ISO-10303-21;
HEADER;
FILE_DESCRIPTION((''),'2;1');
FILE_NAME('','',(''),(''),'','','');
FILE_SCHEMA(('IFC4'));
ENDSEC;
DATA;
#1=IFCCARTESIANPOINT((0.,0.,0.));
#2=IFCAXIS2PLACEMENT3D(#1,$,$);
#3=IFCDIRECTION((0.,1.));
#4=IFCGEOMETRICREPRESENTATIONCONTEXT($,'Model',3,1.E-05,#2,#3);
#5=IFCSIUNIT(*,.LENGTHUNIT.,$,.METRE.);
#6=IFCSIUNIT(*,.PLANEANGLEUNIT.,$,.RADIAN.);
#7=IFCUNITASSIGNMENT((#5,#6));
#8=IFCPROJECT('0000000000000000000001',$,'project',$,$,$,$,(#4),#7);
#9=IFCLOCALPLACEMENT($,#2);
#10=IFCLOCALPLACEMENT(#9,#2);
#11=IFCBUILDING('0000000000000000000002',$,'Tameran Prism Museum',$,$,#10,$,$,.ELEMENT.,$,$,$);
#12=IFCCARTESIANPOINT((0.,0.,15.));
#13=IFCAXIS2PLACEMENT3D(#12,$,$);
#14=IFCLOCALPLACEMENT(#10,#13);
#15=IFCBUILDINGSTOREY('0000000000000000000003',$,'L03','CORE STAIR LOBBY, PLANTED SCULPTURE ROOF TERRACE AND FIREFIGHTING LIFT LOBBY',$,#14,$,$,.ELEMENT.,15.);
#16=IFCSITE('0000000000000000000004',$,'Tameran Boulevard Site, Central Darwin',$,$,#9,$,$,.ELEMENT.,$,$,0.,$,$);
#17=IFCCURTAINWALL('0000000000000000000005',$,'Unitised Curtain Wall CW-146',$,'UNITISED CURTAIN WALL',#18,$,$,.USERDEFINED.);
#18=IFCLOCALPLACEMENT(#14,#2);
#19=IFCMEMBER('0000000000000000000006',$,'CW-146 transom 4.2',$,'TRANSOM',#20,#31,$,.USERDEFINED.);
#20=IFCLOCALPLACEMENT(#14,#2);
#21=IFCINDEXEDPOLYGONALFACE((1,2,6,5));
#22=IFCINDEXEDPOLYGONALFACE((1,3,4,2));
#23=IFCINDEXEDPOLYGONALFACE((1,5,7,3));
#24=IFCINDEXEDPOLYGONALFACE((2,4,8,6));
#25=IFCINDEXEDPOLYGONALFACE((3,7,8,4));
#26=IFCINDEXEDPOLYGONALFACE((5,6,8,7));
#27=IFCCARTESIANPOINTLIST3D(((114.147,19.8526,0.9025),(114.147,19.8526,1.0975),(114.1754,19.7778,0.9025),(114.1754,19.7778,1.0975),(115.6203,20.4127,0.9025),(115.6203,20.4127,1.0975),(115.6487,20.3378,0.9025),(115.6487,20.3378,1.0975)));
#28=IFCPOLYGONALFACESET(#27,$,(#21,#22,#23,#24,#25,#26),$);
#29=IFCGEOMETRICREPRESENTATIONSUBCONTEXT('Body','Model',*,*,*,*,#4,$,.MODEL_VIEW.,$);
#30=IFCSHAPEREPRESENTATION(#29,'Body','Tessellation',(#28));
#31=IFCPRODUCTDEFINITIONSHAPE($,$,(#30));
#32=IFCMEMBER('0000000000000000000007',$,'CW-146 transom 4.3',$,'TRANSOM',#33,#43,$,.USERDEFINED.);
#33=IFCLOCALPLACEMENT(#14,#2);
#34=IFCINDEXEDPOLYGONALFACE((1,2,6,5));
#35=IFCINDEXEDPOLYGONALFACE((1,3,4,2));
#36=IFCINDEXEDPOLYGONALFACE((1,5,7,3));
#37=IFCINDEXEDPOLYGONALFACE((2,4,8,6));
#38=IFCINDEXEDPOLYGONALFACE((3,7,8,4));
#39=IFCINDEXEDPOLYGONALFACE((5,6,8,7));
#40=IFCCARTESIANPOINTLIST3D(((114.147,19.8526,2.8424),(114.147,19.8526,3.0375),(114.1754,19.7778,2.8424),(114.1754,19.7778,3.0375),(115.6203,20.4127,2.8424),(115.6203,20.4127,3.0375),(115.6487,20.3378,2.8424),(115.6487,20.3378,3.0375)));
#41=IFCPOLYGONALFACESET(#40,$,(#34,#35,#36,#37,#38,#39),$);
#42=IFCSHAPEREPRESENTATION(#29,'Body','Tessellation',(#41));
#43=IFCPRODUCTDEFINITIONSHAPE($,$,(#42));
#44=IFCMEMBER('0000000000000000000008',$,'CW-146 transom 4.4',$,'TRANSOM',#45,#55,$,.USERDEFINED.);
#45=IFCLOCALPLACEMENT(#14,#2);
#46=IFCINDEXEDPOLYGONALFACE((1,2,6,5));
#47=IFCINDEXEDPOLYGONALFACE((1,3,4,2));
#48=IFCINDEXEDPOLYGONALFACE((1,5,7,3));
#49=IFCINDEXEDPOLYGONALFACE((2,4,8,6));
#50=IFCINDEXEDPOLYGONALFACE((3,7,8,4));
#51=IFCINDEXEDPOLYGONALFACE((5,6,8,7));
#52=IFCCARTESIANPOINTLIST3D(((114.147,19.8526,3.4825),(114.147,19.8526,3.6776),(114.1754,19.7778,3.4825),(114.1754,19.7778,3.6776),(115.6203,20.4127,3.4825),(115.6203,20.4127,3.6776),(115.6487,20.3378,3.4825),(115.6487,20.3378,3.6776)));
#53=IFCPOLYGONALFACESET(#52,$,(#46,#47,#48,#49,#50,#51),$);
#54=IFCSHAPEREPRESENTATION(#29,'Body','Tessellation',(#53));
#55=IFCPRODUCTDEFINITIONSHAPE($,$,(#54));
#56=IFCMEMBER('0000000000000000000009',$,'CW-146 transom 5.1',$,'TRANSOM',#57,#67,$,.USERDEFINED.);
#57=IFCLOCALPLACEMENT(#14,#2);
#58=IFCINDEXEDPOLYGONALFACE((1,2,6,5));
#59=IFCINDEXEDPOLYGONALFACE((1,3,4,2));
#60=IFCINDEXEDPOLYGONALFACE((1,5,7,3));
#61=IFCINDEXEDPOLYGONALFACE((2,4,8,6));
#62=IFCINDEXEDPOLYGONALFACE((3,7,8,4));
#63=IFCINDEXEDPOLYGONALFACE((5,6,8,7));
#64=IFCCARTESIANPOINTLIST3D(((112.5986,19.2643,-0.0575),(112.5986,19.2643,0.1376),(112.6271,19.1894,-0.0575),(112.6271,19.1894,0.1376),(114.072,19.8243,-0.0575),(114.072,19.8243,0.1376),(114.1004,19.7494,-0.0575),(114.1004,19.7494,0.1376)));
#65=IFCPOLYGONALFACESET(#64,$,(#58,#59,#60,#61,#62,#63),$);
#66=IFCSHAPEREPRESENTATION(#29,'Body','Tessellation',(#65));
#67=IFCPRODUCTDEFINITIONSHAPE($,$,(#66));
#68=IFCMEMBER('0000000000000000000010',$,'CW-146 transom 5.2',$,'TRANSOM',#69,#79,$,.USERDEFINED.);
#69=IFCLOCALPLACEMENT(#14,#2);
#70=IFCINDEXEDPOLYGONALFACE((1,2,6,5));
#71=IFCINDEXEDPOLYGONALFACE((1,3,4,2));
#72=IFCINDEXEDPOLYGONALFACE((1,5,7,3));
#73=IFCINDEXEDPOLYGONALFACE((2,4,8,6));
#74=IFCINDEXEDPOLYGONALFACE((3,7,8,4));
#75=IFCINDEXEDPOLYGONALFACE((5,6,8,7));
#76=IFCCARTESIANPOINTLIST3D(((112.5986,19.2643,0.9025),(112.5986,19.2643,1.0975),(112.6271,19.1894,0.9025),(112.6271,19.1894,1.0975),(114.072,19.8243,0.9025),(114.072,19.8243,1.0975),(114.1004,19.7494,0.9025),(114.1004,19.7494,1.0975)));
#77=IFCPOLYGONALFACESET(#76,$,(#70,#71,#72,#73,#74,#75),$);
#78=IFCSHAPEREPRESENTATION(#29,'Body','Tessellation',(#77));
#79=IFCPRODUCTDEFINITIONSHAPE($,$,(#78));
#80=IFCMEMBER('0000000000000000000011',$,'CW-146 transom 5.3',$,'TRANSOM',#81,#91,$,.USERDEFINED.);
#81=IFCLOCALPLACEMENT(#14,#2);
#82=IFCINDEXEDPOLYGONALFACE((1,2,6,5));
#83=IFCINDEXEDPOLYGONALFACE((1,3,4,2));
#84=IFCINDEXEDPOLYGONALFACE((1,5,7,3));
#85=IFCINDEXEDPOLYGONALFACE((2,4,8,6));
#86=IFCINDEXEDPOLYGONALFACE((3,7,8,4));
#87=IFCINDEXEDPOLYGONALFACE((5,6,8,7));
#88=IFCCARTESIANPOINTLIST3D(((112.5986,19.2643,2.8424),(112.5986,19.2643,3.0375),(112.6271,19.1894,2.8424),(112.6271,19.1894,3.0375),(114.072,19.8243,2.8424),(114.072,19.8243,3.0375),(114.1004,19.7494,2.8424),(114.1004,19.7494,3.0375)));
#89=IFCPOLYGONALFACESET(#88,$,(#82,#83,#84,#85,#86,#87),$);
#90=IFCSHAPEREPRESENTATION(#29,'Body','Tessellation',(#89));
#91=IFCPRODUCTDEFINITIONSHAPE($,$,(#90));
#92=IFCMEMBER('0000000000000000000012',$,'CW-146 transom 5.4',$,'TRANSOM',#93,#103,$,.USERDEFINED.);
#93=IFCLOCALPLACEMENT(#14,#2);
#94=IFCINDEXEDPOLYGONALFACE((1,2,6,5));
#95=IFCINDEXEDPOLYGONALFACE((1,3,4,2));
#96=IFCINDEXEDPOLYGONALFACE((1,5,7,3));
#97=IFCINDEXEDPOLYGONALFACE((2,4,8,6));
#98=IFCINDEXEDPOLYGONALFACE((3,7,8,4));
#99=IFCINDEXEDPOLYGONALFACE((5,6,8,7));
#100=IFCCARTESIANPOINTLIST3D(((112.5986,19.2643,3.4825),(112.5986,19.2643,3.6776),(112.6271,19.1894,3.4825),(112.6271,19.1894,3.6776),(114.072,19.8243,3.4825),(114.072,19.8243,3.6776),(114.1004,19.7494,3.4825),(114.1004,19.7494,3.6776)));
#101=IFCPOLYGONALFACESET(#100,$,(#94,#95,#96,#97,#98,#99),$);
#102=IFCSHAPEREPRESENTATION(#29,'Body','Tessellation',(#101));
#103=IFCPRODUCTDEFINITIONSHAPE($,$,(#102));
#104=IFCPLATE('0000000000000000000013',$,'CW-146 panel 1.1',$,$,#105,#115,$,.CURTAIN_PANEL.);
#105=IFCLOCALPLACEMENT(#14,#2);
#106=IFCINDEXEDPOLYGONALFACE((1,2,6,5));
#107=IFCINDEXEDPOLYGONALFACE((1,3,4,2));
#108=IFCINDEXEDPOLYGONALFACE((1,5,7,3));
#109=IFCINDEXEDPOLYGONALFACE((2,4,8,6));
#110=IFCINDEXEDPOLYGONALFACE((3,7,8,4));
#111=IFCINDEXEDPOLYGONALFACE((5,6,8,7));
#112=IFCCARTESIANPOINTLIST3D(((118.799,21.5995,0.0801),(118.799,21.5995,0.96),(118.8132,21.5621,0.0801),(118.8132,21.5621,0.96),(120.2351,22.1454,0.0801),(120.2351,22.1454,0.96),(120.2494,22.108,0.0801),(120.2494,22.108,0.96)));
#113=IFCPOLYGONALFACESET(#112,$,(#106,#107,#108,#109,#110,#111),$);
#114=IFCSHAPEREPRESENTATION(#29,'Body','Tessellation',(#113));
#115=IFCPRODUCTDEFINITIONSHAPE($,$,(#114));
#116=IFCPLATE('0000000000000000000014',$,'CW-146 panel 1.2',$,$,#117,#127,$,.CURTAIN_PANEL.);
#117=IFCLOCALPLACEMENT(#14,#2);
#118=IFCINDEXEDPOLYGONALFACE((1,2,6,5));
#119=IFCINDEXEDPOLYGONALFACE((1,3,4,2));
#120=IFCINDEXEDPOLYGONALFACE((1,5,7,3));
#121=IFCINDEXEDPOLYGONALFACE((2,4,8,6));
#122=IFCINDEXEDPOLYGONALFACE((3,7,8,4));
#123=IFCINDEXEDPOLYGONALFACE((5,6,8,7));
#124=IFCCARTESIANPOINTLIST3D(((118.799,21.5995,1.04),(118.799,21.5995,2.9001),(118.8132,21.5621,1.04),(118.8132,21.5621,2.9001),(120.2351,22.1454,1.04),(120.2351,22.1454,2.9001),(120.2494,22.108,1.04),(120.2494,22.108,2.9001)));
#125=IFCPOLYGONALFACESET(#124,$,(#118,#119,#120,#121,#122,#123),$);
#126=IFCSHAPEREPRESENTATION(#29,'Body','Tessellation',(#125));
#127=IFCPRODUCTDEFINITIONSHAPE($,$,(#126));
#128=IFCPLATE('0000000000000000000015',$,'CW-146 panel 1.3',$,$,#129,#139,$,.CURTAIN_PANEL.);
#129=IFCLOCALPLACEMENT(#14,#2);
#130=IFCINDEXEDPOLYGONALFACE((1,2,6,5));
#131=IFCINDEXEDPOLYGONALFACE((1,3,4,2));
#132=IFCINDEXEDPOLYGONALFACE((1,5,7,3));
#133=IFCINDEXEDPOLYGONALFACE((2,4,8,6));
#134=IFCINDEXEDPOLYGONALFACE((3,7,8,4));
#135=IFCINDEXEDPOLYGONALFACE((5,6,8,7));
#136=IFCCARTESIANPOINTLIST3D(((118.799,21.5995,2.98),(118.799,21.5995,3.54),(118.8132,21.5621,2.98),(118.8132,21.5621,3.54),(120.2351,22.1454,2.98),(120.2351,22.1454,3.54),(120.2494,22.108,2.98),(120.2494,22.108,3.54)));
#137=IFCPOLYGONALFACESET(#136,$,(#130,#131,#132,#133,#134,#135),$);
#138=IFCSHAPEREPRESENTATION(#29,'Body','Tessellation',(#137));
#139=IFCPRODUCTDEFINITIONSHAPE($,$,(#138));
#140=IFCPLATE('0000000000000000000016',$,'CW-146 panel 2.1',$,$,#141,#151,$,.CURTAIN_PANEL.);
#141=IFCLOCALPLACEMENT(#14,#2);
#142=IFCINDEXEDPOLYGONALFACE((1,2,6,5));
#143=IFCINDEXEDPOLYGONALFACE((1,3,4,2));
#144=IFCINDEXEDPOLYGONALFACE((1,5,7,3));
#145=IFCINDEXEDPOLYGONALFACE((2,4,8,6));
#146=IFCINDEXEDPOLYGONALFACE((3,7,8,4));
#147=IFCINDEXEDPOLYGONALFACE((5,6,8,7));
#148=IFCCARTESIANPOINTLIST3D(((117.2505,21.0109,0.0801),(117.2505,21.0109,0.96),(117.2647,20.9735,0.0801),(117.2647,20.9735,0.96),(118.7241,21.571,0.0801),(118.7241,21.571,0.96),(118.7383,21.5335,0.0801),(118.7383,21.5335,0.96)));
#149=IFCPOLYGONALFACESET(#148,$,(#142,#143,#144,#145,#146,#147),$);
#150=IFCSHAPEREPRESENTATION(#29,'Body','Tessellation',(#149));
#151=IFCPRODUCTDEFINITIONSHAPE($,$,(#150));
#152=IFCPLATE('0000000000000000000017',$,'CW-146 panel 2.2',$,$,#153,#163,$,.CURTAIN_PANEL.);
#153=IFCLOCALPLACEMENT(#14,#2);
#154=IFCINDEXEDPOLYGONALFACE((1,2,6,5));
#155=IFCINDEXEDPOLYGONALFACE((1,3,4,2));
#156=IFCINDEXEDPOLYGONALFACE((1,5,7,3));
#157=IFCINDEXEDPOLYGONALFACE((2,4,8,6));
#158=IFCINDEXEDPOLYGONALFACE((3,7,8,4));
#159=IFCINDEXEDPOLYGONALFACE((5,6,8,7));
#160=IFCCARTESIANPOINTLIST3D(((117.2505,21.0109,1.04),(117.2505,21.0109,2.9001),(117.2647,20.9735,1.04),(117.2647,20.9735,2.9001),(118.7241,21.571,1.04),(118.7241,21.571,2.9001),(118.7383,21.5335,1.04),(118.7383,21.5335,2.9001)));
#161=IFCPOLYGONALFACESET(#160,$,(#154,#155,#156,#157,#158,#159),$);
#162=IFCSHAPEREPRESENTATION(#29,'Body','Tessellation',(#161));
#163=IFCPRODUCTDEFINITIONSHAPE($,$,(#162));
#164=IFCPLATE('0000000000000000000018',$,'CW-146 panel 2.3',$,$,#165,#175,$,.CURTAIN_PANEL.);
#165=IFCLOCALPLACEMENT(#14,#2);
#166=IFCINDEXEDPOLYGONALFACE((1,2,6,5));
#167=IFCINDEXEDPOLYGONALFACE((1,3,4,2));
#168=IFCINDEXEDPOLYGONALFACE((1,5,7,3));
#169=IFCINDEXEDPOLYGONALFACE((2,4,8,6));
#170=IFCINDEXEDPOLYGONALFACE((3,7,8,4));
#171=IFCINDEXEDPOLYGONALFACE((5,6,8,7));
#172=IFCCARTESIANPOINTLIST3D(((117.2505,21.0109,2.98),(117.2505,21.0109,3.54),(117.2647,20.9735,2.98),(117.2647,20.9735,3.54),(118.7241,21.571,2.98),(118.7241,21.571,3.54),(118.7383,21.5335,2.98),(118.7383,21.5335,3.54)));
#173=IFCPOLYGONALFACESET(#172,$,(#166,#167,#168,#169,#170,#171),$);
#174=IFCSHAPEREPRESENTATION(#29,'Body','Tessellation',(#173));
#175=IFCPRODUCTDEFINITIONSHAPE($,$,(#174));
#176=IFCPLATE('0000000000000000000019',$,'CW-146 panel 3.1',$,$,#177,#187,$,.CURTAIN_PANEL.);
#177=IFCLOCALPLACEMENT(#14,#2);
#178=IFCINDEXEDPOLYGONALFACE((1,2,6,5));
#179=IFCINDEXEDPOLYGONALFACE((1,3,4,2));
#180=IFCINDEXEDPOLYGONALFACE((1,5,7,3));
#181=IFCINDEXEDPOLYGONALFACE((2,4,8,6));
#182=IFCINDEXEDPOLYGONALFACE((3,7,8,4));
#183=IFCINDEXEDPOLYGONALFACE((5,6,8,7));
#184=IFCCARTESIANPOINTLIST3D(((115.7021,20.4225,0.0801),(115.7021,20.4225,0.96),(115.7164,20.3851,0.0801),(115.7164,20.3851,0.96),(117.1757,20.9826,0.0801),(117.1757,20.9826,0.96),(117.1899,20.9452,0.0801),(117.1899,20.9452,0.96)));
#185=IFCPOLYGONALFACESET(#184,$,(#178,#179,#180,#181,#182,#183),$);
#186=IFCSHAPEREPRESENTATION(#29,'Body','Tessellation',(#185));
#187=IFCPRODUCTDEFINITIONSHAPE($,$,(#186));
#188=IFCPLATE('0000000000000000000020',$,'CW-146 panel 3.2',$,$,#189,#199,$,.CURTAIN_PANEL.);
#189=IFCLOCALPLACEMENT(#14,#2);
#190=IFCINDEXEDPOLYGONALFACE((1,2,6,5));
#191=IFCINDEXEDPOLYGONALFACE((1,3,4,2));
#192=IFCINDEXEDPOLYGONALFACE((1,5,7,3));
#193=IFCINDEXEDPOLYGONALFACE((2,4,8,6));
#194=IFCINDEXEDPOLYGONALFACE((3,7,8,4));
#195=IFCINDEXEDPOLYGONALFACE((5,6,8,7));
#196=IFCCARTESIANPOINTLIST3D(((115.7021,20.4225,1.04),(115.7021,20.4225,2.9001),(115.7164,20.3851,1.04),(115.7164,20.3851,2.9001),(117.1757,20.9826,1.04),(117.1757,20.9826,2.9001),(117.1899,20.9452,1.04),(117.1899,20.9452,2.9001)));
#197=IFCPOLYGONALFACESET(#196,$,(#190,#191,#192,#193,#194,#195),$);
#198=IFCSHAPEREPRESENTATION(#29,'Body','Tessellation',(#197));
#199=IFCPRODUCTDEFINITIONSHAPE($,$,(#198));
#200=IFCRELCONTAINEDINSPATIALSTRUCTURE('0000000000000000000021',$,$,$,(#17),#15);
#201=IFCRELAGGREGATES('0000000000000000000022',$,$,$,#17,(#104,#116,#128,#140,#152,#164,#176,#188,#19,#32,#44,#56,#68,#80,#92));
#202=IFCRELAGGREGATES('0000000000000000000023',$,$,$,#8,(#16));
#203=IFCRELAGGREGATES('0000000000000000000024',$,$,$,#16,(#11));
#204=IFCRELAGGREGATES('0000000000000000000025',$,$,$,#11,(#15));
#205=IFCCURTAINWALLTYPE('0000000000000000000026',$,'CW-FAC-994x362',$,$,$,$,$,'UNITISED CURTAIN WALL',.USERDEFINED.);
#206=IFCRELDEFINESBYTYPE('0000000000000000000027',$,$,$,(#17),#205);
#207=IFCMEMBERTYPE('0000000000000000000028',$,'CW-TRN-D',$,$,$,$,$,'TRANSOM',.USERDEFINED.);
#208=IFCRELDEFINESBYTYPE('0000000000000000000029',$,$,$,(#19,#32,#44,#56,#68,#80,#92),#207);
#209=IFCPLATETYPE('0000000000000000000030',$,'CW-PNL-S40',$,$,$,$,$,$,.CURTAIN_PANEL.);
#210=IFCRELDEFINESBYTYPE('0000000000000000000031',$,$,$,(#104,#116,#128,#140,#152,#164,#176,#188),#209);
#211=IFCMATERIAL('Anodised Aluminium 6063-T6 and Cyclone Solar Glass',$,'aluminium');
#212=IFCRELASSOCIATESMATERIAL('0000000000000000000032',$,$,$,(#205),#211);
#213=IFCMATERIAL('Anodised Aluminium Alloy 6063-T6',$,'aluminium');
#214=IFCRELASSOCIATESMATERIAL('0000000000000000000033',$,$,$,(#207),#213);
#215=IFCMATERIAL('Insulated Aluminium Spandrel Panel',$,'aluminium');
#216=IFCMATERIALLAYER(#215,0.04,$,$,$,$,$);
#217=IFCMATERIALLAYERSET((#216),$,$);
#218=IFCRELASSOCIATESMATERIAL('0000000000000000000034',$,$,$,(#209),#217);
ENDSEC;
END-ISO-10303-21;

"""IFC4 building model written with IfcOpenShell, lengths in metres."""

from ifc_helpers import new_model, si_unit, direction, frame, origin, origin_2d, place, context, subcontext, project, spatial, rectangle, extrude, material, layer, layer_set, material_profile, profile_set, type_object, element, aggregate, save


model = new_model("IFC4")

# Units and contexts
model_context = context("Model", 3, precision=1e-05, world=origin(), true_north=direction((0.0, 1.0)))
body_context = subcontext(model_context, "Body", "Model", "MODEL_VIEW")
ifc_project = project(units=[si_unit("LENGTHUNIT", "METRE"), si_unit("PLANEANGLEUNIT", "RADIAN")], contexts=[model_context])

# Site, building, storey
site_placement = place(None, origin())
site = spatial("IfcSite", under=ifc_project, at=site_placement, Name="Tameran Boulevard Site, Central Darwin", CompositionType="ELEMENT", RefElevation=0.0)
building_placement = place(site_placement, origin())
building = spatial("IfcBuilding", under=site, at=building_placement, Name="Tameran Prism Museum", CompositionType="ELEMENT")
storey_placement = place(building_placement, frame((0.0, 0.0, 15.0)))
storey = spatial("IfcBuildingStorey", under=building, at=storey_placement, Name="L03", Description="CORE STAIR LOBBY, PLANTED SCULPTURE ROOF TERRACE AND FIREFIGHTING LIFT LOBBY", CompositionType="ELEMENT", Elevation=15.0)

# Curtain wall, members, plates
ifc_material_1 = material(Name="Anodised Aluminium 6063-T6 and Cyclone Solar Glass", Category="aluminium")
curtain_wall_type = type_object("IfcCurtainWallType", Name="CW-FAC-994x362", ElementType="UNITISED CURTAIN WALL", PredefinedType="USERDEFINED", material=ifc_material_1)
curtain_wall_placement = place(storey_placement, origin())
curtain_wall = element("IfcCurtainWall", 1, at=curtain_wall_placement, inside=storey, type_object=curtain_wall_type, Name="Unitised Curtain Wall CW-146", ObjectType="UNITISED CURTAIN WALL", PredefinedType="USERDEFINED")
ifc_material_2 = material(Name="Anodised Aluminium Alloy 6063-T6", Category="aluminium")
ifc_material_profile_1 = material_profile(ifc_material_2, rectangle(XDim=0.0801, YDim=0.1951, at=origin_2d()))
ifc_profile_set_1 = profile_set([ifc_material_profile_1])
member_type_1 = type_object("IfcMemberType", Name="CW-TRN-D", ElementType="TRANSOM", PredefinedType="USERDEFINED", material=ifc_profile_set_1)
member_1_placement = place(storey_placement, frame((115.6345, 20.3752, 1.0), z_axis=(-0.934748, -0.355312, 0.0), x_axis=(0.355312, -0.934748, 0.0)))
member_1 = element("IfcMember", 2, at=member_1_placement, type_object=member_type_1, Name="CW-146 transom 4.2", ObjectType="TRANSOM", PredefinedType="USERDEFINED", context=body_context, shape_type="SweptSolid", body=[
    extrude(rectangle(XDim=0.0801, YDim=0.1951, at=origin_2d()), origin(), (0.0, 0.0, 1.0), 1.5762),
])
member_2_placement = place(storey_placement, frame((115.6345, 20.3752, 2.9399), z_axis=(-0.934748, -0.355312, 0.0), x_axis=(0.355312, -0.934748, 0.0)))
member_2 = element("IfcMember", 3, at=member_2_placement, type_object=member_type_1, Name="CW-146 transom 4.3", ObjectType="TRANSOM", PredefinedType="USERDEFINED", context=body_context, shape_type="SweptSolid", body=[
    extrude(rectangle(XDim=0.0801, YDim=0.1951, at=origin_2d()), origin(), (0.0, 0.0, 1.0), 1.5762),
])
member_3_placement = place(storey_placement, frame((115.6345, 20.3752, 3.5801), z_axis=(-0.934748, -0.355312, 0.0), x_axis=(0.355312, -0.934748, 0.0)))
member_3 = element("IfcMember", 4, at=member_3_placement, type_object=member_type_1, Name="CW-146 transom 4.4", ObjectType="TRANSOM", PredefinedType="USERDEFINED", context=body_context, shape_type="SweptSolid", body=[
    extrude(rectangle(XDim=0.0801, YDim=0.1951, at=origin_2d()), origin(), (0.0, 0.0, 1.0), 1.5762),
])
member_4_placement = place(storey_placement, frame((114.0862, 19.7869, 0.04), z_axis=(-0.934748, -0.355312, 0.0), x_axis=(0.355312, -0.934748, 0.0)))
member_4 = element("IfcMember", 5, at=member_4_placement, type_object=member_type_1, Name="CW-146 transom 5.1", ObjectType="TRANSOM", PredefinedType="USERDEFINED", context=body_context, shape_type="SweptSolid", body=[
    extrude(rectangle(XDim=0.0801, YDim=0.1951, at=origin_2d()), origin(), (0.0, 0.0, 1.0), 1.5762),
])
member_5_placement = place(storey_placement, frame((114.0862, 19.7869, 1.0), z_axis=(-0.934748, -0.355312, 0.0), x_axis=(0.355312, -0.934748, 0.0)))
member_5 = element("IfcMember", 6, at=member_5_placement, type_object=member_type_1, Name="CW-146 transom 5.2", ObjectType="TRANSOM", PredefinedType="USERDEFINED", context=body_context, shape_type="SweptSolid", body=[
    extrude(rectangle(XDim=0.0801, YDim=0.1951, at=origin_2d()), origin(), (0.0, 0.0, 1.0), 1.5762),
])
member_6_placement = place(storey_placement, frame((114.0862, 19.7869, 2.9399), z_axis=(-0.934748, -0.355312, 0.0), x_axis=(0.355312, -0.934748, 0.0)))
member_6 = element("IfcMember", 7, at=member_6_placement, type_object=member_type_1, Name="CW-146 transom 5.3", ObjectType="TRANSOM", PredefinedType="USERDEFINED", context=body_context, shape_type="SweptSolid", body=[
    extrude(rectangle(XDim=0.0801, YDim=0.1951, at=origin_2d()), origin(), (0.0, 0.0, 1.0), 1.5762),
])
member_7_placement = place(storey_placement, frame((114.0862, 19.7869, 3.5801), z_axis=(-0.934748, -0.355312, 0.0), x_axis=(0.355312, -0.934748, 0.0)))
member_7 = element("IfcMember", 8, at=member_7_placement, type_object=member_type_1, Name="CW-146 transom 5.4", ObjectType="TRANSOM", PredefinedType="USERDEFINED", context=body_context, shape_type="SweptSolid", body=[
    extrude(rectangle(XDim=0.0801, YDim=0.1951, at=origin_2d()), origin(), (0.0, 0.0, 1.0), 1.5762),
])
ifc_material_3 = material(Name="Insulated Aluminium Spandrel Panel", Category="aluminium")
ifc_layer_1 = layer(ifc_material_3, 0.04)
ifc_layer_set_1 = layer_set([ifc_layer_1])
plate_type = type_object("IfcPlateType", Name="CW-PNL-S40", PredefinedType="CURTAIN_PANEL", material=ifc_layer_set_1)
plate_1_placement = place(storey_placement, frame((119.5242, 21.8538, 0.0801), z_axis=(0.0, 0.0, 1.0), x_axis=(-0.934757, -0.355288, 0.0)))
plate_1 = element("IfcPlate", 9, at=plate_1_placement, type_object=plate_type, Name="CW-146 panel 1.1", PredefinedType="CURTAIN_PANEL", context=body_context, shape_type="SweptSolid", body=[
    extrude(rectangle(XDim=1.5364, YDim=0.04, at=origin_2d()), origin(), (0.0, 0.0, 1.0), 0.8799),
])
plate_2_placement = place(storey_placement, frame((119.5242, 21.8538, 1.04), z_axis=(0.0, 0.0, 1.0), x_axis=(-0.934757, -0.355288, 0.0)))
plate_2 = element("IfcPlate", 10, at=plate_2_placement, type_object=plate_type, Name="CW-146 panel 1.2", PredefinedType="CURTAIN_PANEL", context=body_context, shape_type="SweptSolid", body=[
    extrude(rectangle(XDim=1.5364, YDim=0.04, at=origin_2d()), origin(), (0.0, 0.0, 1.0), 1.8601),
])
plate_3_placement = place(storey_placement, frame((119.5242, 21.8538, 2.98), z_axis=(0.0, 0.0, 1.0), x_axis=(-0.934757, -0.355288, 0.0)))
plate_3 = element("IfcPlate", 11, at=plate_3_placement, type_object=plate_type, Name="CW-146 panel 1.3", PredefinedType="CURTAIN_PANEL", context=body_context, shape_type="SweptSolid", body=[
    extrude(rectangle(XDim=1.5364, YDim=0.04, at=origin_2d()), origin(), (0.0, 0.0, 1.0), 0.5601),
])
plate_4_placement = place(storey_placement, frame((117.9944, 21.2722, 0.0801), z_axis=(0.0, 0.0, 1.0), x_axis=(-0.934757, -0.355288, 0.0)))
plate_4 = element("IfcPlate", 12, at=plate_4_placement, type_object=plate_type, Name="CW-146 panel 2.1", PredefinedType="CURTAIN_PANEL", context=body_context, shape_type="SweptSolid", body=[
    extrude(rectangle(XDim=1.5764, YDim=0.04, at=origin_2d()), origin(), (0.0, 0.0, 1.0), 0.8799),
])
plate_5_placement = place(storey_placement, frame((117.9944, 21.2722, 1.04), z_axis=(0.0, 0.0, 1.0), x_axis=(-0.934757, -0.355288, 0.0)))
plate_5 = element("IfcPlate", 13, at=plate_5_placement, type_object=plate_type, Name="CW-146 panel 2.2", PredefinedType="CURTAIN_PANEL", context=body_context, shape_type="SweptSolid", body=[
    extrude(rectangle(XDim=1.5764, YDim=0.04, at=origin_2d()), origin(), (0.0, 0.0, 1.0), 1.8601),
])
plate_6_placement = place(storey_placement, frame((117.9944, 21.2722, 2.98), z_axis=(0.0, 0.0, 1.0), x_axis=(-0.934757, -0.355288, 0.0)))
plate_6 = element("IfcPlate", 14, at=plate_6_placement, type_object=plate_type, Name="CW-146 panel 2.3", PredefinedType="CURTAIN_PANEL", context=body_context, shape_type="SweptSolid", body=[
    extrude(rectangle(XDim=1.5764, YDim=0.04, at=origin_2d()), origin(), (0.0, 0.0, 1.0), 0.5601),
])
plate_7_placement = place(storey_placement, frame((116.446, 20.6838, 0.0801), z_axis=(0.0, 0.0, 1.0), x_axis=(-0.934757, -0.355288, 0.0)))
plate_7 = element("IfcPlate", 15, at=plate_7_placement, type_object=plate_type, Name="CW-146 panel 3.1", PredefinedType="CURTAIN_PANEL", context=body_context, shape_type="SweptSolid", body=[
    extrude(rectangle(XDim=1.5764, YDim=0.04, at=origin_2d()), origin(), (0.0, 0.0, 1.0), 0.8799),
])
plate_8_placement = place(storey_placement, frame((116.446, 20.6838, 1.04), z_axis=(0.0, 0.0, 1.0), x_axis=(-0.934757, -0.355288, 0.0)))
plate_8 = element("IfcPlate", 16, at=plate_8_placement, type_object=plate_type, Name="CW-146 panel 3.2", PredefinedType="CURTAIN_PANEL", context=body_context, shape_type="SweptSolid", body=[
    extrude(rectangle(XDim=1.5764, YDim=0.04, at=origin_2d()), origin(), (0.0, 0.0, 1.0), 1.8601),
])
aggregate(curtain_wall, [plate_1, plate_2, plate_3, plate_4, plate_5, plate_6, plate_7, plate_8, member_1, member_2, member_3, member_4, member_5, member_6, member_7])

save(model, "model.ifc")
